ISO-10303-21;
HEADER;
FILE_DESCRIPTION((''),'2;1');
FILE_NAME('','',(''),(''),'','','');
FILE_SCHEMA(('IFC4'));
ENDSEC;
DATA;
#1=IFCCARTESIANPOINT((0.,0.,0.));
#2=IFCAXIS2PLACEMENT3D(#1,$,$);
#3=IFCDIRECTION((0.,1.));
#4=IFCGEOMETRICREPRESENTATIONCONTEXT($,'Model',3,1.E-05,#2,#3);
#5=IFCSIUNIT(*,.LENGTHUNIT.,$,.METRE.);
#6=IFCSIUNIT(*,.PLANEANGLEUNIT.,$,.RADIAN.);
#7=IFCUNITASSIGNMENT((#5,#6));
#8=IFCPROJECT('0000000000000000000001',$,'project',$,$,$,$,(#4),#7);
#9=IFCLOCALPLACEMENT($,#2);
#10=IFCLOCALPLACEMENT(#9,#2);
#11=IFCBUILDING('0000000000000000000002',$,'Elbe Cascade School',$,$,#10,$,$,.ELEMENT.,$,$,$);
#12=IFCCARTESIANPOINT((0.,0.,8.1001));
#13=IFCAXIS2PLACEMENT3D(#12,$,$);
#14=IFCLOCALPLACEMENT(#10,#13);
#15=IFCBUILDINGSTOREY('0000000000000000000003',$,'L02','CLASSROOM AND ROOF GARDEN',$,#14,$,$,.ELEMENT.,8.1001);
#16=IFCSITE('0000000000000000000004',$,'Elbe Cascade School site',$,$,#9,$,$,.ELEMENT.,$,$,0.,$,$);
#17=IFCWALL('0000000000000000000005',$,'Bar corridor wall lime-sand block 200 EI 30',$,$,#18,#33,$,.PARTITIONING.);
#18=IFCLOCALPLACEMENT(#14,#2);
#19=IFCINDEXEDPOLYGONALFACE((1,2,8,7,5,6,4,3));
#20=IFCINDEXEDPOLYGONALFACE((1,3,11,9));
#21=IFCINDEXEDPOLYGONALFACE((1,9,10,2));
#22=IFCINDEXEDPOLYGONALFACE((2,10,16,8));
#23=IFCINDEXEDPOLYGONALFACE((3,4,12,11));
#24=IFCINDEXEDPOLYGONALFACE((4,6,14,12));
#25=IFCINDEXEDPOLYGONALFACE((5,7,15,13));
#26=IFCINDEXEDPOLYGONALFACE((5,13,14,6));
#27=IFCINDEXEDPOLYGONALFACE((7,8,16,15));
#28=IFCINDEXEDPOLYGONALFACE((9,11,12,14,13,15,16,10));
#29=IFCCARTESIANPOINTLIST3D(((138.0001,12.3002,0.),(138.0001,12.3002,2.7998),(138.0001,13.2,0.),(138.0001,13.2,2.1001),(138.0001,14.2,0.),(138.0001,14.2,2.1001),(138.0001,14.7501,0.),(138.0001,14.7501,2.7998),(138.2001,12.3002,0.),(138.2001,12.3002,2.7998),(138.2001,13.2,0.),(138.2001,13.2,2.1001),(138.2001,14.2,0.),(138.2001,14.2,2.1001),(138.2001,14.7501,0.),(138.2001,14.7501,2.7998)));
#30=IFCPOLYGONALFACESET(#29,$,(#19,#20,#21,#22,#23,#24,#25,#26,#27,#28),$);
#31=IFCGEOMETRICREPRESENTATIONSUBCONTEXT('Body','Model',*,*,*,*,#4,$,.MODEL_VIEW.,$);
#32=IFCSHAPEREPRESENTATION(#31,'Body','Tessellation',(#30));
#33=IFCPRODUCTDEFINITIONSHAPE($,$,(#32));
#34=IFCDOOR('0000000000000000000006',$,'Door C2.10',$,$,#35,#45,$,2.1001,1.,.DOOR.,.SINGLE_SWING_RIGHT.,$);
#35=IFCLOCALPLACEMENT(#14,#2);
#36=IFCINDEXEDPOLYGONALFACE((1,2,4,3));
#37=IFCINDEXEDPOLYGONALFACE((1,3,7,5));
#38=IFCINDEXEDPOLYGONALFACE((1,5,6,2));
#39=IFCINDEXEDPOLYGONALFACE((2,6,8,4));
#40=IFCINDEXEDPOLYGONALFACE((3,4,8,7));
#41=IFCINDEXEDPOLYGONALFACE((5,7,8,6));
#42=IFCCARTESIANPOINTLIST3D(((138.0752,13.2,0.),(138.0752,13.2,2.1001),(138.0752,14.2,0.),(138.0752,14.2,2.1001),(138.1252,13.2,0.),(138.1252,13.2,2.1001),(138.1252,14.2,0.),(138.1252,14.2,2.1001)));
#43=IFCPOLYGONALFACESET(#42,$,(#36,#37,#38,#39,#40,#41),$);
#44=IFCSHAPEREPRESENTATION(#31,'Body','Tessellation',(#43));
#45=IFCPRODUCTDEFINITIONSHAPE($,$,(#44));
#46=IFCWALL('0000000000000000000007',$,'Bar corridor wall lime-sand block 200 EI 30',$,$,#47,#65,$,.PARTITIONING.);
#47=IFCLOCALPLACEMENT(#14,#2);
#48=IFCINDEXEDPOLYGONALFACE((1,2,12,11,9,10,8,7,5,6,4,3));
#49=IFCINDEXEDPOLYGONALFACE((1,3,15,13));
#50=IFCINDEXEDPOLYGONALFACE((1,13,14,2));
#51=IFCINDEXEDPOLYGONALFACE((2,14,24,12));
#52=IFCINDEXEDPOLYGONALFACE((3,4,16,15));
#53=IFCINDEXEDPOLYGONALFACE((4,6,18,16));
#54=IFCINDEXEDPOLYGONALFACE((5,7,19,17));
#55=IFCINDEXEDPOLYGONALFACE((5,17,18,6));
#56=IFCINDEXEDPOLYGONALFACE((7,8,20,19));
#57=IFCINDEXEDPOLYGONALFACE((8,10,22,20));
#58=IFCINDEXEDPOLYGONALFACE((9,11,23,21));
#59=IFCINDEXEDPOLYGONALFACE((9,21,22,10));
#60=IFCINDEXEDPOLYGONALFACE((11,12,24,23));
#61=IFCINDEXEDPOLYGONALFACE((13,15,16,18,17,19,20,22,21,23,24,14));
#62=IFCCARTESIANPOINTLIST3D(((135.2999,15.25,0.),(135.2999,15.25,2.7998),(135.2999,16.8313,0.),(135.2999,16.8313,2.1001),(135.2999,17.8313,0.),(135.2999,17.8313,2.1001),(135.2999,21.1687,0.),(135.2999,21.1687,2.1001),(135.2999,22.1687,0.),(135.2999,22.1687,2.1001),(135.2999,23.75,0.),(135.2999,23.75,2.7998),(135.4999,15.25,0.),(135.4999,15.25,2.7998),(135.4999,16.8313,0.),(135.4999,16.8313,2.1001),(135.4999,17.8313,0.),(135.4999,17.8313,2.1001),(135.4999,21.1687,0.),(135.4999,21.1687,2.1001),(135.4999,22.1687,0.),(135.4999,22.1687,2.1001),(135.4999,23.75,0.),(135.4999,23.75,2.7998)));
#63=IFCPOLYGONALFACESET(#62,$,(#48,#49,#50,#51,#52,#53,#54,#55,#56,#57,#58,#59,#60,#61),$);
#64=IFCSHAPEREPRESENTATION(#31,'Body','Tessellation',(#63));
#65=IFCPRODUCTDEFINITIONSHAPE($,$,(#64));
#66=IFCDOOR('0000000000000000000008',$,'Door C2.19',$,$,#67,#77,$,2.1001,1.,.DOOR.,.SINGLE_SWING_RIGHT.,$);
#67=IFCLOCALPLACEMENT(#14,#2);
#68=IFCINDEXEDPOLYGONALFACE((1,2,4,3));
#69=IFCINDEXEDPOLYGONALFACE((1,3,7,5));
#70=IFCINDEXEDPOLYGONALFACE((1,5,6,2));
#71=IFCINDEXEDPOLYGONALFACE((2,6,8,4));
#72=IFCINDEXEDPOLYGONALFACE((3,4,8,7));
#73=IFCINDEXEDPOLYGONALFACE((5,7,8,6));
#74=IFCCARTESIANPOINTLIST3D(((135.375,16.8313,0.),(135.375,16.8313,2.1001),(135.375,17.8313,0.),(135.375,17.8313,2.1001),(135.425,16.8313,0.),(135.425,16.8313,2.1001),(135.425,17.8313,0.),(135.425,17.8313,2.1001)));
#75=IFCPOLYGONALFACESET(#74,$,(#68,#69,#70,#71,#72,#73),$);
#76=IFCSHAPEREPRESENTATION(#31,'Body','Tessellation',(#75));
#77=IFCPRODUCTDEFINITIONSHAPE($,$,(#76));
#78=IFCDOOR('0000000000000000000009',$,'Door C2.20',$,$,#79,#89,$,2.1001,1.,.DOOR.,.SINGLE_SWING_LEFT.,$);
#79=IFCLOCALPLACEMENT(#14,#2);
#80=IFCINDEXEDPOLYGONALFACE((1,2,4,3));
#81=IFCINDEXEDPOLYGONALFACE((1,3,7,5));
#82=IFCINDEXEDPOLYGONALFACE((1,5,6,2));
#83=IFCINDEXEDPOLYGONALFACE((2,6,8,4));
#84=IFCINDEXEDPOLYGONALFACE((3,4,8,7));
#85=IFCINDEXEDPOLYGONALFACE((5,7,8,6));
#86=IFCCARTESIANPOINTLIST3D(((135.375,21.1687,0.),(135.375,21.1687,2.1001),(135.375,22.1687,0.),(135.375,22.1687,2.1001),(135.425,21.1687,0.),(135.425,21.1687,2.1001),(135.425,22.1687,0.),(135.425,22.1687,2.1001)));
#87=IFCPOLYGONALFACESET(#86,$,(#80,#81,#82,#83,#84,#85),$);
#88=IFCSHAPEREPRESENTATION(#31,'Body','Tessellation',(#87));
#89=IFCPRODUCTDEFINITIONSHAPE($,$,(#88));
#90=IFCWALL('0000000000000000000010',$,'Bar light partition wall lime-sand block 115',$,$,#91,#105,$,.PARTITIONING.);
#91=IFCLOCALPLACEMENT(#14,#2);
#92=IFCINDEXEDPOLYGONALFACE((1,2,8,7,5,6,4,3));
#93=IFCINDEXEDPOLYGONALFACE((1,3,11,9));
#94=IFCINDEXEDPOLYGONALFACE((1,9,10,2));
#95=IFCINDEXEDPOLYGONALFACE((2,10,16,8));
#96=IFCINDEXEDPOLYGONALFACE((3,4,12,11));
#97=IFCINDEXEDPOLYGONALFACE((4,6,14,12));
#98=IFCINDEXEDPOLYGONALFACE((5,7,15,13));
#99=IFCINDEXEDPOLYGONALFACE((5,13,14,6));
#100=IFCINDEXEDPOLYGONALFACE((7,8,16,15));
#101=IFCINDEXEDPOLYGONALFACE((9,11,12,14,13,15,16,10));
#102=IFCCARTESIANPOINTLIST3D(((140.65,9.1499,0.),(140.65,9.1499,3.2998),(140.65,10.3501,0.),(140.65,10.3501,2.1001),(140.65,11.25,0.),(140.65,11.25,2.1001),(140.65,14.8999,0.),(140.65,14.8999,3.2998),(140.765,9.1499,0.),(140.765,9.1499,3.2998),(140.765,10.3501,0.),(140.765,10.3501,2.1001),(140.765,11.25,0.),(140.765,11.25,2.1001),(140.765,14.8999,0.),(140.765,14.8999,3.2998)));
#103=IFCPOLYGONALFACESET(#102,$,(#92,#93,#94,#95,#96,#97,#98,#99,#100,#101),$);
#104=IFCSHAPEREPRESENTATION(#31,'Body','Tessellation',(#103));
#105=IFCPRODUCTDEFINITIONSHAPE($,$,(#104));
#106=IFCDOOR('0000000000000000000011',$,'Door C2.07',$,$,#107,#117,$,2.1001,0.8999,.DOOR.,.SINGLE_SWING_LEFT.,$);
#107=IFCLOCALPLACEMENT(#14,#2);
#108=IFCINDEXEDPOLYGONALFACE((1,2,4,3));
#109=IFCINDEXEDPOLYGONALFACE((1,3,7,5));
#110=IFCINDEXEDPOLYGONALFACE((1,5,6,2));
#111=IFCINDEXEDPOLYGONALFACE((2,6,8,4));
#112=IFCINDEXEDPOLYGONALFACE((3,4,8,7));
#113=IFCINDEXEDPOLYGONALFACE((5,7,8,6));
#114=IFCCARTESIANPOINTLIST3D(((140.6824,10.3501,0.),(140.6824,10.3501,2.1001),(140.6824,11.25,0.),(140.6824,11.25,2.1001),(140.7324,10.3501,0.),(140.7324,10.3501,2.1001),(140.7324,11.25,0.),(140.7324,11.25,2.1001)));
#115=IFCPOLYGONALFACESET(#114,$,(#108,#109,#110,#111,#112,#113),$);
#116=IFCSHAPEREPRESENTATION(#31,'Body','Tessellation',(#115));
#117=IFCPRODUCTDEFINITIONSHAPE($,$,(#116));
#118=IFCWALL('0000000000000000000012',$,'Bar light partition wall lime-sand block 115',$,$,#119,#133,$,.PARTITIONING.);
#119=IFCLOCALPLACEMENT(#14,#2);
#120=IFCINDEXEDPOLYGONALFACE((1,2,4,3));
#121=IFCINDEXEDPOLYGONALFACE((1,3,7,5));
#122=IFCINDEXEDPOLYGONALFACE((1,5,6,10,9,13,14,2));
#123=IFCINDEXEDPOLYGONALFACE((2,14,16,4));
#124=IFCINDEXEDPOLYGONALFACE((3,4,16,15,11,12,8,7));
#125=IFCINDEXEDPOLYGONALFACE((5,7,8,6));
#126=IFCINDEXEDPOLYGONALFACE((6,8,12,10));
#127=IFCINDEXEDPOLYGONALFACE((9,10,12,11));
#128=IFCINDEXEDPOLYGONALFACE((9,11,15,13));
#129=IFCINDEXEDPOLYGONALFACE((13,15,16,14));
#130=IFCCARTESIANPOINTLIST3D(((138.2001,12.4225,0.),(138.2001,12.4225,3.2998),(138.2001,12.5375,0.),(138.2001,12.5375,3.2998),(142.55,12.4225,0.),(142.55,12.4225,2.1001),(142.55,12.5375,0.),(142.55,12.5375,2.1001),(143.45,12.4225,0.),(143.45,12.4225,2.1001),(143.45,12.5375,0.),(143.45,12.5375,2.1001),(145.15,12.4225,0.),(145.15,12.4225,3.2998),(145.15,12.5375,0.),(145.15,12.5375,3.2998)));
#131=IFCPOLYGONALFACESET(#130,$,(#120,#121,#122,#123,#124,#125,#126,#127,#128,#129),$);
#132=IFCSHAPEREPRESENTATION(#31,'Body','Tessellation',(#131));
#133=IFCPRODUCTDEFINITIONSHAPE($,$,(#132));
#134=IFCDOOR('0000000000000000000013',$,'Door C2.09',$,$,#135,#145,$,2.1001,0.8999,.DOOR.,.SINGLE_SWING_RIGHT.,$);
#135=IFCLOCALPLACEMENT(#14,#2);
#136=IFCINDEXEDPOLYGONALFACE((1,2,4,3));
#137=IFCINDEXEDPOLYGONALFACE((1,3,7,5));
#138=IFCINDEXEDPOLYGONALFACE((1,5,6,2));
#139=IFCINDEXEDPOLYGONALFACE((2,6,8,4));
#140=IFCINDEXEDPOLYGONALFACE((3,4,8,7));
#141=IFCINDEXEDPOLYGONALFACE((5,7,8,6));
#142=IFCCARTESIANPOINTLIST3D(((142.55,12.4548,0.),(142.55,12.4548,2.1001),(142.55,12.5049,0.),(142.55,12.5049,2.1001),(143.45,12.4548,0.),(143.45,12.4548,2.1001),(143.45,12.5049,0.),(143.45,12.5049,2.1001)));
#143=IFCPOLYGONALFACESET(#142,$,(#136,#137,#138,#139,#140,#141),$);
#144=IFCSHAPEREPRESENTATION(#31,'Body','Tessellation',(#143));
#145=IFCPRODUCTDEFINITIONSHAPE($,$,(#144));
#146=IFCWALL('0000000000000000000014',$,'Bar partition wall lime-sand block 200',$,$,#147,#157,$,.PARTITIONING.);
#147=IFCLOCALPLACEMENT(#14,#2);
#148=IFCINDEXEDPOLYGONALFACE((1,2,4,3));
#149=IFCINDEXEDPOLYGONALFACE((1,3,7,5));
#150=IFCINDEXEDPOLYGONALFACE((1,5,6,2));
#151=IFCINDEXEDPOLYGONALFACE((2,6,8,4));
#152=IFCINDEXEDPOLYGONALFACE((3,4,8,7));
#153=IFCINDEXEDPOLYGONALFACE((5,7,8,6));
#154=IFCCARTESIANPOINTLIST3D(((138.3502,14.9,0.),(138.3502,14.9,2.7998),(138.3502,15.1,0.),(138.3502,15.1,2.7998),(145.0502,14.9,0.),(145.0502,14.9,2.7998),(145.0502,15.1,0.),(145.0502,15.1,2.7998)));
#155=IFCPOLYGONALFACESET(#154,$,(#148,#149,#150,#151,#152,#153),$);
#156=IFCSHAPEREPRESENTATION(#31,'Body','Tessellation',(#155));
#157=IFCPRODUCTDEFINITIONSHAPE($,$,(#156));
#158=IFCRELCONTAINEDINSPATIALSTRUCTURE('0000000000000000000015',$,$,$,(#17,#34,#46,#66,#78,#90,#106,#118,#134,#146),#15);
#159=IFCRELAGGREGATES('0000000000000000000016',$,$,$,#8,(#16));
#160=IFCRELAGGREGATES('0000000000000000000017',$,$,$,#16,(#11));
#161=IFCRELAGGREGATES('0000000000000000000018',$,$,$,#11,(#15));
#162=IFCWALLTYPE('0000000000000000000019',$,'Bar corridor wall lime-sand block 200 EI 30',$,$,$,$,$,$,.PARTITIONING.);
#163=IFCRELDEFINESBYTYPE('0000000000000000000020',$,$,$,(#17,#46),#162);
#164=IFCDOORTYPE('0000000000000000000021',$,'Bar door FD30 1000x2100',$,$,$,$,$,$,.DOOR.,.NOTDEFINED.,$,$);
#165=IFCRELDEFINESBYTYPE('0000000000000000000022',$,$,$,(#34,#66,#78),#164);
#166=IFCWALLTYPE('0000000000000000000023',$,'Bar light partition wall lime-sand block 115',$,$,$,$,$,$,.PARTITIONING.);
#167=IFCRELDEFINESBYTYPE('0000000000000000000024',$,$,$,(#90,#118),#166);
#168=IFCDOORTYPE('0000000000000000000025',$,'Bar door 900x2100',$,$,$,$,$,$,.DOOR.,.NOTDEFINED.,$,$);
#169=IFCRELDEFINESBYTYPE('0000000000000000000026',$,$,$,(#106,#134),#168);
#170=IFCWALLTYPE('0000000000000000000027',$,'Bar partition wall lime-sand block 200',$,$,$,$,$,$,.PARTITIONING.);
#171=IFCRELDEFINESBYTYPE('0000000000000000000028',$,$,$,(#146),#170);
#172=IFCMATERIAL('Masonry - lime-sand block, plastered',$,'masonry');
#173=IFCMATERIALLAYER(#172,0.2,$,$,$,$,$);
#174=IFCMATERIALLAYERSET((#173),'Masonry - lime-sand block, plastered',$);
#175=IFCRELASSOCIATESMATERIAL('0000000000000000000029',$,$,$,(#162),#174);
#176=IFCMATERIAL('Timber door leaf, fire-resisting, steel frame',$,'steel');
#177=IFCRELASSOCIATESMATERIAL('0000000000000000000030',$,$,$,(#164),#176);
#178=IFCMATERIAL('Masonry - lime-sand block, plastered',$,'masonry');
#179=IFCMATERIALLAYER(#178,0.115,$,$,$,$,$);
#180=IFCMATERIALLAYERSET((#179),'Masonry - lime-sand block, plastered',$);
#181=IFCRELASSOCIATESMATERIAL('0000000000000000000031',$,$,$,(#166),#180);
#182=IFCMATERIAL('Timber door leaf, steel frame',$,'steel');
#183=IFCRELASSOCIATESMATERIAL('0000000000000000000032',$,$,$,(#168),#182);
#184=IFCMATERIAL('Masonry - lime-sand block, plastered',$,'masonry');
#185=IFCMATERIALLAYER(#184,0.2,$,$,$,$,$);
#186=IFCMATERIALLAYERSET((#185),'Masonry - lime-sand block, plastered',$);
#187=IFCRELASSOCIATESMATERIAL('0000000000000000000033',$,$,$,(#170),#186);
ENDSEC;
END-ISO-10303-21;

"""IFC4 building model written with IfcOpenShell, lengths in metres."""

from ifc_helpers import new_model, si_unit, direction, frame, frame_2d, origin, place, context, subcontext, project, spatial, rectangle, extrude, material, layer, layer_set, type_object, element, fill, save


model = new_model("IFC4")

# Units and contexts
model_context = context("Model", 3, precision=1e-05, world=origin(), true_north=direction((0.0, 1.0)))
body_context = subcontext(model_context, "Body", "Model", "MODEL_VIEW")
ifc_project = project(units=[si_unit("LENGTHUNIT", "METRE"), si_unit("PLANEANGLEUNIT", "RADIAN")], contexts=[model_context])

# Site, building, storey
site_placement = place(None, origin())
site = spatial("IfcSite", under=ifc_project, at=site_placement, Name="Elbe Cascade School site", CompositionType="ELEMENT", RefElevation=0.0)
building_placement = place(site_placement, origin())
building = spatial("IfcBuilding", under=site, at=building_placement, Name="Elbe Cascade School", CompositionType="ELEMENT")
storey_placement = place(building_placement, frame((0.0, 0.0, 8.1001)))
storey = spatial("IfcBuildingStorey", under=building, at=storey_placement, Name="L02", Description="CLASSROOM AND ROOF GARDEN", CompositionType="ELEMENT", Elevation=8.1001)

# Wall, opening, door
ifc_material_1 = material(Name="Masonry - lime-sand block, plastered", Category="masonry")
ifc_layer_1 = layer(ifc_material_1, 0.2)
ifc_layer_set_1 = layer_set([ifc_layer_1], Name="Masonry - lime-sand block, plastered")
wall_type_1 = type_object("IfcWallType", Name="Bar corridor wall lime-sand block 200 EI 30", PredefinedType="PARTITIONING", material=ifc_layer_set_1)
wall_1_placement = place(storey_placement, frame((138.1001, 12.3, 0.0), z_axis=(0.0, 0.0, 1.0), x_axis=(0.0, 1.0, 0.0)))
wall_1 = element("IfcWall", 1, at=wall_1_placement, inside=storey, type_object=wall_type_1, Name="Bar corridor wall lime-sand block 200 EI 30", PredefinedType="PARTITIONING", context=body_context, shape_type="SweptSolid", body=[
    extrude(rectangle(XDim=2.45, YDim=0.2, at=frame_2d((1.2251, 0.0))), origin(), (0.0, 0.0, 1.0), 2.7998),
])
opening_1_placement = place(wall_1_placement, frame((0.8999, 0.0, 0.0)))
opening_1 = element("IfcOpeningElement", 2, at=opening_1_placement, cuts=wall_1, PredefinedType="OPENING", context=body_context, shape_type="SweptSolid", body=[
    extrude(rectangle(XDim=1.0, YDim=2.1001, at=frame_2d((0.5, 1.05))), frame((0.0, 0.1099, 0.0), z_axis=(0.0, -1.0, 0.0), x_axis=(1.0, 0.0, 0.0)), (0.0, 0.0, 1.0), 0.22),
])
ifc_material_2 = material(Name="Timber door leaf, fire-resisting, steel frame", Category="steel")
door_type_1 = type_object("IfcDoorType", Name="Bar door FD30 1000x2100", OperationType="NOTDEFINED", PredefinedType="DOOR", material=ifc_material_2)
door_1_placement = place(opening_1_placement, origin())
door_1 = element("IfcDoor", 3, at=door_1_placement, inside=storey, type_object=door_type_1, Name="Door C2.10", OperationType="SINGLE_SWING_RIGHT", OverallHeight=2.1001, OverallWidth=1.0, PredefinedType="DOOR", context=body_context, shape_type="SweptSolid", body=[
    extrude(rectangle(XDim=1.0, YDim=2.1001, at=frame_2d((0.5, 1.05))), frame((0.0, 0.0249, 0.0), z_axis=(0.0, -1.0, 0.0), x_axis=(1.0, 0.0, 0.0)), (0.0, 0.0, 1.0), 0.05),
])
fill(opening_1, door_1)

# Wall, openings, doors
wall_2_placement = place(storey_placement, frame((135.3999, 15.25, 0.0), z_axis=(0.0, 0.0, 1.0), x_axis=(0.0, 1.0, 0.0)))
wall_2 = element("IfcWall", 4, at=wall_2_placement, inside=storey, type_object=wall_type_1, Name="Bar corridor wall lime-sand block 200 EI 30", PredefinedType="PARTITIONING", context=body_context, shape_type="SweptSolid", body=[
    extrude(rectangle(XDim=8.5, YDim=0.2, at=frame_2d((4.25, 0.0))), origin(), (0.0, 0.0, 1.0), 2.7998),
])
opening_2_placement = place(wall_2_placement, frame((1.5813, 0.0, 0.0)))
opening_2 = element("IfcOpeningElement", 5, at=opening_2_placement, cuts=wall_2, PredefinedType="OPENING", context=body_context, shape_type="SweptSolid", body=[
    extrude(rectangle(XDim=1.0, YDim=2.1001, at=frame_2d((0.5, 1.05))), frame((0.0, 0.1099, 0.0), z_axis=(0.0, -1.0, 0.0), x_axis=(1.0, 0.0, 0.0)), (0.0, 0.0, 1.0), 0.22),
])
opening_3_placement = place(wall_2_placement, frame((5.9187, 0.0, 0.0)))
opening_3 = element("IfcOpeningElement", 6, at=opening_3_placement, cuts=wall_2, PredefinedType="OPENING", context=body_context, shape_type="SweptSolid", body=[
    extrude(rectangle(XDim=1.0, YDim=2.1001, at=frame_2d((0.5, 1.05))), frame((0.0, 0.1099, 0.0), z_axis=(0.0, -1.0, 0.0), x_axis=(1.0, 0.0, 0.0)), (0.0, 0.0, 1.0), 0.22),
])
door_2_placement = place(opening_2_placement, origin())
door_2 = element("IfcDoor", 7, at=door_2_placement, inside=storey, type_object=door_type_1, Name="Door C2.19", OperationType="SINGLE_SWING_RIGHT", OverallHeight=2.1001, OverallWidth=1.0, PredefinedType="DOOR", context=body_context, shape_type="SweptSolid", body=[
    extrude(rectangle(XDim=1.0, YDim=2.1001, at=frame_2d((0.5, 1.05))), frame((0.0, 0.0249, 0.0), z_axis=(0.0, -1.0, 0.0), x_axis=(1.0, 0.0, 0.0)), (0.0, 0.0, 1.0), 0.05),
])
fill(opening_2, door_2)
door_3_placement = place(opening_3_placement, origin())
door_3 = element("IfcDoor", 8, at=door_3_placement, inside=storey, type_object=door_type_1, Name="Door C2.20", OperationType="SINGLE_SWING_LEFT", OverallHeight=2.1001, OverallWidth=1.0, PredefinedType="DOOR", context=body_context, shape_type="SweptSolid", body=[
    extrude(rectangle(XDim=1.0, YDim=2.1001, at=frame_2d((0.5, 1.05))), frame((0.0, 0.0249, 0.0), z_axis=(0.0, -1.0, 0.0), x_axis=(1.0, 0.0, 0.0)), (0.0, 0.0, 1.0), 0.05),
])
fill(opening_3, door_3)

# Walls, openings, doors
ifc_material_3 = material(Name="Masonry - lime-sand block, plastered", Category="masonry")
ifc_layer_2 = layer(ifc_material_3, 0.115)
ifc_layer_set_2 = layer_set([ifc_layer_2], Name="Masonry - lime-sand block, plastered")
wall_type_2 = type_object("IfcWallType", Name="Bar light partition wall lime-sand block 115", PredefinedType="PARTITIONING", material=ifc_layer_set_2)
wall_3_placement = place(storey_placement, frame((140.7075, 14.8999, 0.0), z_axis=(0.0, 0.0, 1.0), x_axis=(0.0, -1.0, 0.0)))
wall_3 = element("IfcWall", 9, at=wall_3_placement, inside=storey, type_object=wall_type_2, Name="Bar light partition wall lime-sand block 115", PredefinedType="PARTITIONING", context=body_context, shape_type="SweptSolid", body=[
    extrude(rectangle(XDim=5.75, YDim=0.115, at=frame_2d((2.875, 0.0))), origin(), (0.0, 0.0, 1.0), 3.2998),
])
opening_4_placement = place(wall_3_placement, frame((3.6499, 0.0, 0.0)))
opening_4 = element("IfcOpeningElement", 10, at=opening_4_placement, cuts=wall_3, PredefinedType="OPENING", context=body_context, shape_type="SweptSolid", body=[
    extrude(rectangle(XDim=0.8999, YDim=2.1001, at=frame_2d((0.45, 1.05))), frame((0.0, 0.0674, 0.0), z_axis=(0.0, -1.0, 0.0), x_axis=(1.0, 0.0, 0.0)), (0.0, 0.0, 1.0), 0.135),
])
ifc_material_4 = material(Name="Timber door leaf, steel frame", Category="steel")
door_type_2 = type_object("IfcDoorType", Name="Bar door 900x2100", OperationType="NOTDEFINED", PredefinedType="DOOR", material=ifc_material_4)
door_4_placement = place(opening_4_placement, origin())
door_4 = element("IfcDoor", 11, at=door_4_placement, inside=storey, type_object=door_type_2, Name="Door C2.07", OperationType="SINGLE_SWING_LEFT", OverallHeight=2.1001, OverallWidth=0.8999, PredefinedType="DOOR", context=body_context, shape_type="SweptSolid", body=[
    extrude(rectangle(XDim=0.8999, YDim=2.1001, at=frame_2d((0.45, 1.05))), frame((0.0, 0.0249, 0.0), z_axis=(0.0, -1.0, 0.0), x_axis=(1.0, 0.0, 0.0)), (0.0, 0.0, 1.0), 0.05),
])
fill(opening_4, door_4)
wall_4_placement = place(storey_placement, frame((138.2, 12.48, 0.0), z_axis=(0.0, 0.0, 1.0), x_axis=(1.0, 0.0, 0.0)))
wall_4 = element("IfcWall", 12, at=wall_4_placement, inside=storey, type_object=wall_type_2, Name="Bar light partition wall lime-sand block 115", PredefinedType="PARTITIONING", context=body_context, shape_type="SweptSolid", body=[
    extrude(rectangle(XDim=6.95, YDim=0.115, at=frame_2d((3.4751, 0.0))), origin(), (0.0, 0.0, 1.0), 3.2998),
])
opening_5_placement = place(wall_4_placement, frame((4.3501, 0.0, 0.0)))
opening_5 = element("IfcOpeningElement", 13, at=opening_5_placement, cuts=wall_4, PredefinedType="OPENING", context=body_context, shape_type="SweptSolid", body=[
    extrude(rectangle(XDim=0.8999, YDim=2.1001, at=frame_2d((0.45, 1.05))), frame((0.0, 0.0674, 0.0), z_axis=(0.0, -1.0, 0.0), x_axis=(1.0, 0.0, 0.0)), (0.0, 0.0, 1.0), 0.135),
])
door_5_placement = place(opening_5_placement, origin())
door_5 = element("IfcDoor", 14, at=door_5_placement, inside=storey, type_object=door_type_2, Name="Door C2.09", OperationType="SINGLE_SWING_RIGHT", OverallHeight=2.1001, OverallWidth=0.8999, PredefinedType="DOOR", context=body_context, shape_type="SweptSolid", body=[
    extrude(rectangle(XDim=0.8999, YDim=2.1001, at=frame_2d((0.45, 1.05))), frame((0.0, 0.0249, 0.0), z_axis=(0.0, -1.0, 0.0), x_axis=(1.0, 0.0, 0.0)), (0.0, 0.0, 1.0), 0.05),
])
fill(opening_5, door_5)

# Wall
ifc_material_5 = material(Name="Masonry - lime-sand block, plastered", Category="masonry")
ifc_layer_3 = layer(ifc_material_5, 0.2)
ifc_layer_set_3 = layer_set([ifc_layer_3], Name="Masonry - lime-sand block, plastered")
wall_type_3 = type_object("IfcWallType", Name="Bar partition wall lime-sand block 200", PredefinedType="PARTITIONING", material=ifc_layer_set_3)
wall_5_placement = place(storey_placement, frame((138.3501, 15.0, 0.0), z_axis=(0.0, 0.0, 1.0), x_axis=(1.0, 0.0, 0.0)))
element("IfcWall", 15, at=wall_5_placement, inside=storey, type_object=wall_type_3, Name="Bar partition wall lime-sand block 200", PredefinedType="PARTITIONING", context=body_context, shape_type="SweptSolid", body=[
    extrude(rectangle(XDim=6.7, YDim=0.2, at=frame_2d((3.3501, 0.0))), origin(), (0.0, 0.0, 1.0), 2.7998),
])

save(model, "model.ifc")
